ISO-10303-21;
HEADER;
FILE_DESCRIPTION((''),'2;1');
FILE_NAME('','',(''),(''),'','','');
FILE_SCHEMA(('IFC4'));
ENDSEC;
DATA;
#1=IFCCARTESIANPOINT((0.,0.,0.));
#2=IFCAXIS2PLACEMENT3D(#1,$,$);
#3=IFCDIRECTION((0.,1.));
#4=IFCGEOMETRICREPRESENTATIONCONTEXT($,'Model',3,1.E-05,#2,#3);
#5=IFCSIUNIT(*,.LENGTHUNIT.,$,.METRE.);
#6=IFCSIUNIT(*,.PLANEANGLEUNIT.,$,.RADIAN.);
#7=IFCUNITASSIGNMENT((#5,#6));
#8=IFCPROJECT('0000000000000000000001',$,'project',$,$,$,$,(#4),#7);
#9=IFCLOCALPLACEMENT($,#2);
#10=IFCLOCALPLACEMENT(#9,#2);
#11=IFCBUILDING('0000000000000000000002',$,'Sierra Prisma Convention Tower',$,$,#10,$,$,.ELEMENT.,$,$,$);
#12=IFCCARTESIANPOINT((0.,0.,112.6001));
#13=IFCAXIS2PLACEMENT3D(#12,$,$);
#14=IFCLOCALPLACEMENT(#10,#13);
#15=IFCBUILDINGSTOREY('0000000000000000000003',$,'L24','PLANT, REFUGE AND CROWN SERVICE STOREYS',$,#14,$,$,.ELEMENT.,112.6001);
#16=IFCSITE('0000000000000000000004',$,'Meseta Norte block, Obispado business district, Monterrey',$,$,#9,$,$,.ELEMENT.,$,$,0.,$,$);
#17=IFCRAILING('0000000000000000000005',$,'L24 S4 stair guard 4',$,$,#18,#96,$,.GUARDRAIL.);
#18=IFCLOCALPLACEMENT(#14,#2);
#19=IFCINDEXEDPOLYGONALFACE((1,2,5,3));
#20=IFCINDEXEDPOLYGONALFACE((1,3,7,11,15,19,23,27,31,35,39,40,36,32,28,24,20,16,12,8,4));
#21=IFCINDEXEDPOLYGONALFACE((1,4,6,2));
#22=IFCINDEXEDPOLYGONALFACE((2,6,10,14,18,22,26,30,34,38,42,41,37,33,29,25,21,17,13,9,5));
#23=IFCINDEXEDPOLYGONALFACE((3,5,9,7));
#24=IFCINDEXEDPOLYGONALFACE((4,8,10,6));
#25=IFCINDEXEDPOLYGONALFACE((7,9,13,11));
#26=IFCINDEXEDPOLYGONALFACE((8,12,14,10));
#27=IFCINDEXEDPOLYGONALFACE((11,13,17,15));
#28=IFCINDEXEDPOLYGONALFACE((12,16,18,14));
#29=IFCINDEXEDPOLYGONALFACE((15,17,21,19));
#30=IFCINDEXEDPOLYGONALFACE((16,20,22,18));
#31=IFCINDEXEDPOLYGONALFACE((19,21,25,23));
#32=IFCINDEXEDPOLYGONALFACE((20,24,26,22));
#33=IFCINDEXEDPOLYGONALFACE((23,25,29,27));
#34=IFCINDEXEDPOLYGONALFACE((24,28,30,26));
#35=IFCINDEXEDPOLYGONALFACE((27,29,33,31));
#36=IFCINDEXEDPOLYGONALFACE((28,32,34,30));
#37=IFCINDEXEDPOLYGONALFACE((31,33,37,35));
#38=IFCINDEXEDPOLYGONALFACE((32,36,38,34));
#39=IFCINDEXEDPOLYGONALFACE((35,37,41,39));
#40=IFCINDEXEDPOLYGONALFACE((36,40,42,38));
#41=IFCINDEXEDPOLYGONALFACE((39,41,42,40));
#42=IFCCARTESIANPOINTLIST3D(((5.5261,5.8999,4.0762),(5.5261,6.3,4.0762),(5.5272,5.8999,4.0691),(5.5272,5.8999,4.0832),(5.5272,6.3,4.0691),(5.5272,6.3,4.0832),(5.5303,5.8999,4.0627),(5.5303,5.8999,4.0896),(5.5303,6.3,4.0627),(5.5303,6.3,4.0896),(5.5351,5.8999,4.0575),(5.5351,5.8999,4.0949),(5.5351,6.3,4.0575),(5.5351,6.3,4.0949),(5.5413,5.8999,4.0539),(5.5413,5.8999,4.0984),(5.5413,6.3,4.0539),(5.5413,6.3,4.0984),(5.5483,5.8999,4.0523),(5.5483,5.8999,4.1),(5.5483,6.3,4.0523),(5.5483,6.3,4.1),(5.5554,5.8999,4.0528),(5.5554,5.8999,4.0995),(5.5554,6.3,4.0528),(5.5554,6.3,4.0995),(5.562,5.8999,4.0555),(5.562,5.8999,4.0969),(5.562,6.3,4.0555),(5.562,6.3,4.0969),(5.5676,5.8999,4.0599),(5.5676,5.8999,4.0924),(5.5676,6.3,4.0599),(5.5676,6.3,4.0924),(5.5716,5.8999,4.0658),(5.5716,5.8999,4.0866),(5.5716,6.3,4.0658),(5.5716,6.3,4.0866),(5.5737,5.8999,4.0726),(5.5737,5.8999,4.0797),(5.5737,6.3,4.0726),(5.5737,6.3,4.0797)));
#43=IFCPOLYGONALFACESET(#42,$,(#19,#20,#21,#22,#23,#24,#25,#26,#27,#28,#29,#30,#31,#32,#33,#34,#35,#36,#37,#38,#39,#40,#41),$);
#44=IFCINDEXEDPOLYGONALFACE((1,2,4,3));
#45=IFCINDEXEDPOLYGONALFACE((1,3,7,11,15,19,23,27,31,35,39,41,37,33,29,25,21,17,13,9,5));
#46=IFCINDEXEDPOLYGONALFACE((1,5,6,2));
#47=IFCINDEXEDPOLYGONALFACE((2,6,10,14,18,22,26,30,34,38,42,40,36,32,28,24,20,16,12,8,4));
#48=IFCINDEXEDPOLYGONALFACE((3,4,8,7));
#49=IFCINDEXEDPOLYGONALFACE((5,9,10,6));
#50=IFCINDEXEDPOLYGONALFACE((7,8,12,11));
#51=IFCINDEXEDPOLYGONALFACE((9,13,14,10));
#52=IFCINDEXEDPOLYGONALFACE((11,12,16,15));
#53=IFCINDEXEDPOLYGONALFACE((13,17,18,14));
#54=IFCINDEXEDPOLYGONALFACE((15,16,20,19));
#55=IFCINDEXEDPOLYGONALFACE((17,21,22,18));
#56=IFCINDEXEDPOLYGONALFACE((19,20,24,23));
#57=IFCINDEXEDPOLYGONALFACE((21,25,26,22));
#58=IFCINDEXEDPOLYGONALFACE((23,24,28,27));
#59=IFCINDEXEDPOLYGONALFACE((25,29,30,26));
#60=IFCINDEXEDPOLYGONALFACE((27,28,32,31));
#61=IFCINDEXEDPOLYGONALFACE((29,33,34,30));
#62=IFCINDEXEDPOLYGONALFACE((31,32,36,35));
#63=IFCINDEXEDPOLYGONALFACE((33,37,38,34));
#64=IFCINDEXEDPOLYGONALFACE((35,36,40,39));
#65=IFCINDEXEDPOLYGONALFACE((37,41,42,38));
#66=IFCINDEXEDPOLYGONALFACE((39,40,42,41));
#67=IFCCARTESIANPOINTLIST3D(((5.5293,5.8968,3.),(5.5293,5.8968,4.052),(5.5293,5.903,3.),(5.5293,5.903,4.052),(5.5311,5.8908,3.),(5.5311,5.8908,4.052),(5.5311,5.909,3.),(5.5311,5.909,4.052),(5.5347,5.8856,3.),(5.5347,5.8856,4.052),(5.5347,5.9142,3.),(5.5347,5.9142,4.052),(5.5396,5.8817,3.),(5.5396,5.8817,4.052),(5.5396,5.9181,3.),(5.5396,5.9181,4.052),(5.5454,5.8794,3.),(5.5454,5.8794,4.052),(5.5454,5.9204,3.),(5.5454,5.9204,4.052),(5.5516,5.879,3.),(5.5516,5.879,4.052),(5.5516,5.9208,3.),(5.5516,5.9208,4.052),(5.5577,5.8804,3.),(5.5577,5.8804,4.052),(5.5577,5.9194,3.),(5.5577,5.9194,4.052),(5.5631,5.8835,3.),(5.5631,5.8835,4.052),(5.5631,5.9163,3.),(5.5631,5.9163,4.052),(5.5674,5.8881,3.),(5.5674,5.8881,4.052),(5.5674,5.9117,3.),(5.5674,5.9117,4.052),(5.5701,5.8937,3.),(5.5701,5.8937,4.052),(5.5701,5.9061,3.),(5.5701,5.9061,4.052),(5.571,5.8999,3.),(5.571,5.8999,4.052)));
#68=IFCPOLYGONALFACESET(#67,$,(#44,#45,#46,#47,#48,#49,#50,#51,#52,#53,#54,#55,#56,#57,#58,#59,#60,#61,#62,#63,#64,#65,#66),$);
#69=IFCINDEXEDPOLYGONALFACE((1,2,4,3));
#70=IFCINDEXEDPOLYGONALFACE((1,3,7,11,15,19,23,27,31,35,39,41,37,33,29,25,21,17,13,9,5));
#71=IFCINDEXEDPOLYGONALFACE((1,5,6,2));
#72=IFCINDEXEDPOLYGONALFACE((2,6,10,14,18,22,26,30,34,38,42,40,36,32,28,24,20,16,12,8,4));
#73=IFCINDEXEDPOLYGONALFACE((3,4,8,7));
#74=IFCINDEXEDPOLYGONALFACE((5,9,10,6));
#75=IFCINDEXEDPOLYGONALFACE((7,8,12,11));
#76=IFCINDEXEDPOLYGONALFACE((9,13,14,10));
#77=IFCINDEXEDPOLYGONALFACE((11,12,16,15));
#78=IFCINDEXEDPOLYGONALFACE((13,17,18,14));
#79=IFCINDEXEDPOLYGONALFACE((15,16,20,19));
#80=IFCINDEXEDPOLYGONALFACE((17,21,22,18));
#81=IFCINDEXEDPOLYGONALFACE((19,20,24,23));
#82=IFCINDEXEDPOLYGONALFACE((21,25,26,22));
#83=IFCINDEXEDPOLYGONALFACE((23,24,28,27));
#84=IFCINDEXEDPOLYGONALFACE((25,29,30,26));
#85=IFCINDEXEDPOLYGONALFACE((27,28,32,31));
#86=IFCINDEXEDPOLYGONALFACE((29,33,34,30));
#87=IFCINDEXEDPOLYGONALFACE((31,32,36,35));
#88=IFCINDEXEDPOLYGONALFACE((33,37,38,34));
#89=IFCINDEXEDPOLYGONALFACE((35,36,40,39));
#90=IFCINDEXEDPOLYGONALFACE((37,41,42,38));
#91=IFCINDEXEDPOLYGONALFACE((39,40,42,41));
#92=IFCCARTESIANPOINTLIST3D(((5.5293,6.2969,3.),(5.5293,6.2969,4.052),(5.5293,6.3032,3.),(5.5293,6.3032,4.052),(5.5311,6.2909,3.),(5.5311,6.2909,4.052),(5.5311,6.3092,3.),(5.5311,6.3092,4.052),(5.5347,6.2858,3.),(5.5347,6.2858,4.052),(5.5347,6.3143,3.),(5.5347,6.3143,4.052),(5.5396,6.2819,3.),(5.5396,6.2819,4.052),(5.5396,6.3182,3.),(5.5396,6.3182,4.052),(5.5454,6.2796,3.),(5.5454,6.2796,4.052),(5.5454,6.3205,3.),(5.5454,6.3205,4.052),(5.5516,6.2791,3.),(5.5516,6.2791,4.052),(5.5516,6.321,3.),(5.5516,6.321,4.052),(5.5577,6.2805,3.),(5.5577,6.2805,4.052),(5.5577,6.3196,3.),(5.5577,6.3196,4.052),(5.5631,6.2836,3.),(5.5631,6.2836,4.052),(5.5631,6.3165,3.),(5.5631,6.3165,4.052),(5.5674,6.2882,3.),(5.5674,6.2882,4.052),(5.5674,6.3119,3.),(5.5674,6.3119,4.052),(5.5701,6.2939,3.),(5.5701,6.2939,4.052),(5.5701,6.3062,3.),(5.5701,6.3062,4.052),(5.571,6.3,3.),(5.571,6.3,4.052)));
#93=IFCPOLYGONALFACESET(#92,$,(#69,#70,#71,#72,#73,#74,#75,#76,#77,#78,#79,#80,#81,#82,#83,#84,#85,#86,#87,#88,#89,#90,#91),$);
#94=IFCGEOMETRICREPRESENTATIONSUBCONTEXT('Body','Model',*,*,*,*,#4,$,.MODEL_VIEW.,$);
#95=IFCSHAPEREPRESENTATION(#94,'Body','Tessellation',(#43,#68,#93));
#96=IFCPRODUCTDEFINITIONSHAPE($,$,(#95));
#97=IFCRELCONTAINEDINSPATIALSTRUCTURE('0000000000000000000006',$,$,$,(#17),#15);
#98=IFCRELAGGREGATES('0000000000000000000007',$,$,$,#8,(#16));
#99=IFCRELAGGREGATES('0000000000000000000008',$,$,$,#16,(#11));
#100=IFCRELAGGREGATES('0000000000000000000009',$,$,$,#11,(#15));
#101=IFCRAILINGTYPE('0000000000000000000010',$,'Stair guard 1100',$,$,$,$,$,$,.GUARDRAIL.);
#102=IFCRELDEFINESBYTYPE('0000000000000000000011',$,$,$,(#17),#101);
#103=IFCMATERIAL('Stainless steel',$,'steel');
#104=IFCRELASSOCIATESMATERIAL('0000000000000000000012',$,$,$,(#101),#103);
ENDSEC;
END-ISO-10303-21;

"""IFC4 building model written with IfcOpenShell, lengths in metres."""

from ifc_helpers import new_model, si_unit, direction, frame, origin, origin_2d, place, context, subcontext, project, spatial, circle, extrude, material, type_object, element, save


model = new_model("IFC4")

# Units and contexts
model_context = context("Model", 3, precision=1e-05, world=origin(), true_north=direction((0.0, 1.0)))
body_context = subcontext(model_context, "Body", "Model", "MODEL_VIEW")
ifc_project = project(units=[si_unit("LENGTHUNIT", "METRE"), si_unit("PLANEANGLEUNIT", "RADIAN")], contexts=[model_context])

# Site, building, storey
site_placement = place(None, origin())
site = spatial("IfcSite", under=ifc_project, at=site_placement, Name="Meseta Norte block, Obispado business district, Monterrey", CompositionType="ELEMENT", RefElevation=0.0)
building_placement = place(site_placement, origin())
building = spatial("IfcBuilding", under=site, at=building_placement, Name="Sierra Prisma Convention Tower", CompositionType="ELEMENT")
storey_placement = place(building_placement, frame((0.0, 0.0, 112.6001)))
storey = spatial("IfcBuildingStorey", under=building, at=storey_placement, Name="L24", Description="PLANT, REFUGE AND CROWN SERVICE STOREYS", CompositionType="ELEMENT", Elevation=112.6001)

# Railing
ifc_material_1 = material(Name="Stainless steel", Category="steel")
railing_type_1 = type_object("IfcRailingType", Name="Stair guard 1100", PredefinedType="GUARDRAIL", material=ifc_material_1)
railing_1_placement = place(storey_placement, frame((5.55, 5.8999, 3.0)))
element("IfcRailing", 1, at=railing_1_placement, inside=storey, type_object=railing_type_1, Name="L24 S4 stair guard 4", PredefinedType="GUARDRAIL", context=body_context, shape_type="SweptSolid", body=[
    extrude(circle(Radius=0.0239, at=origin_2d()), frame((0.0, 0.0, 1.0762), z_axis=(0.0, 1.0, 0.0), x_axis=(-1.0, 0.0, 0.0)), (0.0, 0.0, 1.0), 0.4001),
    extrude(circle(Radius=0.021, at=origin_2d()), origin(), (0.0, 0.0, 1.0), 1.052),
    extrude(circle(Radius=0.021, at=origin_2d()), frame((0.0, 0.4001, 0.0)), (0.0, 0.0, 1.0), 1.052),
])

save(model, "model.ifc")
